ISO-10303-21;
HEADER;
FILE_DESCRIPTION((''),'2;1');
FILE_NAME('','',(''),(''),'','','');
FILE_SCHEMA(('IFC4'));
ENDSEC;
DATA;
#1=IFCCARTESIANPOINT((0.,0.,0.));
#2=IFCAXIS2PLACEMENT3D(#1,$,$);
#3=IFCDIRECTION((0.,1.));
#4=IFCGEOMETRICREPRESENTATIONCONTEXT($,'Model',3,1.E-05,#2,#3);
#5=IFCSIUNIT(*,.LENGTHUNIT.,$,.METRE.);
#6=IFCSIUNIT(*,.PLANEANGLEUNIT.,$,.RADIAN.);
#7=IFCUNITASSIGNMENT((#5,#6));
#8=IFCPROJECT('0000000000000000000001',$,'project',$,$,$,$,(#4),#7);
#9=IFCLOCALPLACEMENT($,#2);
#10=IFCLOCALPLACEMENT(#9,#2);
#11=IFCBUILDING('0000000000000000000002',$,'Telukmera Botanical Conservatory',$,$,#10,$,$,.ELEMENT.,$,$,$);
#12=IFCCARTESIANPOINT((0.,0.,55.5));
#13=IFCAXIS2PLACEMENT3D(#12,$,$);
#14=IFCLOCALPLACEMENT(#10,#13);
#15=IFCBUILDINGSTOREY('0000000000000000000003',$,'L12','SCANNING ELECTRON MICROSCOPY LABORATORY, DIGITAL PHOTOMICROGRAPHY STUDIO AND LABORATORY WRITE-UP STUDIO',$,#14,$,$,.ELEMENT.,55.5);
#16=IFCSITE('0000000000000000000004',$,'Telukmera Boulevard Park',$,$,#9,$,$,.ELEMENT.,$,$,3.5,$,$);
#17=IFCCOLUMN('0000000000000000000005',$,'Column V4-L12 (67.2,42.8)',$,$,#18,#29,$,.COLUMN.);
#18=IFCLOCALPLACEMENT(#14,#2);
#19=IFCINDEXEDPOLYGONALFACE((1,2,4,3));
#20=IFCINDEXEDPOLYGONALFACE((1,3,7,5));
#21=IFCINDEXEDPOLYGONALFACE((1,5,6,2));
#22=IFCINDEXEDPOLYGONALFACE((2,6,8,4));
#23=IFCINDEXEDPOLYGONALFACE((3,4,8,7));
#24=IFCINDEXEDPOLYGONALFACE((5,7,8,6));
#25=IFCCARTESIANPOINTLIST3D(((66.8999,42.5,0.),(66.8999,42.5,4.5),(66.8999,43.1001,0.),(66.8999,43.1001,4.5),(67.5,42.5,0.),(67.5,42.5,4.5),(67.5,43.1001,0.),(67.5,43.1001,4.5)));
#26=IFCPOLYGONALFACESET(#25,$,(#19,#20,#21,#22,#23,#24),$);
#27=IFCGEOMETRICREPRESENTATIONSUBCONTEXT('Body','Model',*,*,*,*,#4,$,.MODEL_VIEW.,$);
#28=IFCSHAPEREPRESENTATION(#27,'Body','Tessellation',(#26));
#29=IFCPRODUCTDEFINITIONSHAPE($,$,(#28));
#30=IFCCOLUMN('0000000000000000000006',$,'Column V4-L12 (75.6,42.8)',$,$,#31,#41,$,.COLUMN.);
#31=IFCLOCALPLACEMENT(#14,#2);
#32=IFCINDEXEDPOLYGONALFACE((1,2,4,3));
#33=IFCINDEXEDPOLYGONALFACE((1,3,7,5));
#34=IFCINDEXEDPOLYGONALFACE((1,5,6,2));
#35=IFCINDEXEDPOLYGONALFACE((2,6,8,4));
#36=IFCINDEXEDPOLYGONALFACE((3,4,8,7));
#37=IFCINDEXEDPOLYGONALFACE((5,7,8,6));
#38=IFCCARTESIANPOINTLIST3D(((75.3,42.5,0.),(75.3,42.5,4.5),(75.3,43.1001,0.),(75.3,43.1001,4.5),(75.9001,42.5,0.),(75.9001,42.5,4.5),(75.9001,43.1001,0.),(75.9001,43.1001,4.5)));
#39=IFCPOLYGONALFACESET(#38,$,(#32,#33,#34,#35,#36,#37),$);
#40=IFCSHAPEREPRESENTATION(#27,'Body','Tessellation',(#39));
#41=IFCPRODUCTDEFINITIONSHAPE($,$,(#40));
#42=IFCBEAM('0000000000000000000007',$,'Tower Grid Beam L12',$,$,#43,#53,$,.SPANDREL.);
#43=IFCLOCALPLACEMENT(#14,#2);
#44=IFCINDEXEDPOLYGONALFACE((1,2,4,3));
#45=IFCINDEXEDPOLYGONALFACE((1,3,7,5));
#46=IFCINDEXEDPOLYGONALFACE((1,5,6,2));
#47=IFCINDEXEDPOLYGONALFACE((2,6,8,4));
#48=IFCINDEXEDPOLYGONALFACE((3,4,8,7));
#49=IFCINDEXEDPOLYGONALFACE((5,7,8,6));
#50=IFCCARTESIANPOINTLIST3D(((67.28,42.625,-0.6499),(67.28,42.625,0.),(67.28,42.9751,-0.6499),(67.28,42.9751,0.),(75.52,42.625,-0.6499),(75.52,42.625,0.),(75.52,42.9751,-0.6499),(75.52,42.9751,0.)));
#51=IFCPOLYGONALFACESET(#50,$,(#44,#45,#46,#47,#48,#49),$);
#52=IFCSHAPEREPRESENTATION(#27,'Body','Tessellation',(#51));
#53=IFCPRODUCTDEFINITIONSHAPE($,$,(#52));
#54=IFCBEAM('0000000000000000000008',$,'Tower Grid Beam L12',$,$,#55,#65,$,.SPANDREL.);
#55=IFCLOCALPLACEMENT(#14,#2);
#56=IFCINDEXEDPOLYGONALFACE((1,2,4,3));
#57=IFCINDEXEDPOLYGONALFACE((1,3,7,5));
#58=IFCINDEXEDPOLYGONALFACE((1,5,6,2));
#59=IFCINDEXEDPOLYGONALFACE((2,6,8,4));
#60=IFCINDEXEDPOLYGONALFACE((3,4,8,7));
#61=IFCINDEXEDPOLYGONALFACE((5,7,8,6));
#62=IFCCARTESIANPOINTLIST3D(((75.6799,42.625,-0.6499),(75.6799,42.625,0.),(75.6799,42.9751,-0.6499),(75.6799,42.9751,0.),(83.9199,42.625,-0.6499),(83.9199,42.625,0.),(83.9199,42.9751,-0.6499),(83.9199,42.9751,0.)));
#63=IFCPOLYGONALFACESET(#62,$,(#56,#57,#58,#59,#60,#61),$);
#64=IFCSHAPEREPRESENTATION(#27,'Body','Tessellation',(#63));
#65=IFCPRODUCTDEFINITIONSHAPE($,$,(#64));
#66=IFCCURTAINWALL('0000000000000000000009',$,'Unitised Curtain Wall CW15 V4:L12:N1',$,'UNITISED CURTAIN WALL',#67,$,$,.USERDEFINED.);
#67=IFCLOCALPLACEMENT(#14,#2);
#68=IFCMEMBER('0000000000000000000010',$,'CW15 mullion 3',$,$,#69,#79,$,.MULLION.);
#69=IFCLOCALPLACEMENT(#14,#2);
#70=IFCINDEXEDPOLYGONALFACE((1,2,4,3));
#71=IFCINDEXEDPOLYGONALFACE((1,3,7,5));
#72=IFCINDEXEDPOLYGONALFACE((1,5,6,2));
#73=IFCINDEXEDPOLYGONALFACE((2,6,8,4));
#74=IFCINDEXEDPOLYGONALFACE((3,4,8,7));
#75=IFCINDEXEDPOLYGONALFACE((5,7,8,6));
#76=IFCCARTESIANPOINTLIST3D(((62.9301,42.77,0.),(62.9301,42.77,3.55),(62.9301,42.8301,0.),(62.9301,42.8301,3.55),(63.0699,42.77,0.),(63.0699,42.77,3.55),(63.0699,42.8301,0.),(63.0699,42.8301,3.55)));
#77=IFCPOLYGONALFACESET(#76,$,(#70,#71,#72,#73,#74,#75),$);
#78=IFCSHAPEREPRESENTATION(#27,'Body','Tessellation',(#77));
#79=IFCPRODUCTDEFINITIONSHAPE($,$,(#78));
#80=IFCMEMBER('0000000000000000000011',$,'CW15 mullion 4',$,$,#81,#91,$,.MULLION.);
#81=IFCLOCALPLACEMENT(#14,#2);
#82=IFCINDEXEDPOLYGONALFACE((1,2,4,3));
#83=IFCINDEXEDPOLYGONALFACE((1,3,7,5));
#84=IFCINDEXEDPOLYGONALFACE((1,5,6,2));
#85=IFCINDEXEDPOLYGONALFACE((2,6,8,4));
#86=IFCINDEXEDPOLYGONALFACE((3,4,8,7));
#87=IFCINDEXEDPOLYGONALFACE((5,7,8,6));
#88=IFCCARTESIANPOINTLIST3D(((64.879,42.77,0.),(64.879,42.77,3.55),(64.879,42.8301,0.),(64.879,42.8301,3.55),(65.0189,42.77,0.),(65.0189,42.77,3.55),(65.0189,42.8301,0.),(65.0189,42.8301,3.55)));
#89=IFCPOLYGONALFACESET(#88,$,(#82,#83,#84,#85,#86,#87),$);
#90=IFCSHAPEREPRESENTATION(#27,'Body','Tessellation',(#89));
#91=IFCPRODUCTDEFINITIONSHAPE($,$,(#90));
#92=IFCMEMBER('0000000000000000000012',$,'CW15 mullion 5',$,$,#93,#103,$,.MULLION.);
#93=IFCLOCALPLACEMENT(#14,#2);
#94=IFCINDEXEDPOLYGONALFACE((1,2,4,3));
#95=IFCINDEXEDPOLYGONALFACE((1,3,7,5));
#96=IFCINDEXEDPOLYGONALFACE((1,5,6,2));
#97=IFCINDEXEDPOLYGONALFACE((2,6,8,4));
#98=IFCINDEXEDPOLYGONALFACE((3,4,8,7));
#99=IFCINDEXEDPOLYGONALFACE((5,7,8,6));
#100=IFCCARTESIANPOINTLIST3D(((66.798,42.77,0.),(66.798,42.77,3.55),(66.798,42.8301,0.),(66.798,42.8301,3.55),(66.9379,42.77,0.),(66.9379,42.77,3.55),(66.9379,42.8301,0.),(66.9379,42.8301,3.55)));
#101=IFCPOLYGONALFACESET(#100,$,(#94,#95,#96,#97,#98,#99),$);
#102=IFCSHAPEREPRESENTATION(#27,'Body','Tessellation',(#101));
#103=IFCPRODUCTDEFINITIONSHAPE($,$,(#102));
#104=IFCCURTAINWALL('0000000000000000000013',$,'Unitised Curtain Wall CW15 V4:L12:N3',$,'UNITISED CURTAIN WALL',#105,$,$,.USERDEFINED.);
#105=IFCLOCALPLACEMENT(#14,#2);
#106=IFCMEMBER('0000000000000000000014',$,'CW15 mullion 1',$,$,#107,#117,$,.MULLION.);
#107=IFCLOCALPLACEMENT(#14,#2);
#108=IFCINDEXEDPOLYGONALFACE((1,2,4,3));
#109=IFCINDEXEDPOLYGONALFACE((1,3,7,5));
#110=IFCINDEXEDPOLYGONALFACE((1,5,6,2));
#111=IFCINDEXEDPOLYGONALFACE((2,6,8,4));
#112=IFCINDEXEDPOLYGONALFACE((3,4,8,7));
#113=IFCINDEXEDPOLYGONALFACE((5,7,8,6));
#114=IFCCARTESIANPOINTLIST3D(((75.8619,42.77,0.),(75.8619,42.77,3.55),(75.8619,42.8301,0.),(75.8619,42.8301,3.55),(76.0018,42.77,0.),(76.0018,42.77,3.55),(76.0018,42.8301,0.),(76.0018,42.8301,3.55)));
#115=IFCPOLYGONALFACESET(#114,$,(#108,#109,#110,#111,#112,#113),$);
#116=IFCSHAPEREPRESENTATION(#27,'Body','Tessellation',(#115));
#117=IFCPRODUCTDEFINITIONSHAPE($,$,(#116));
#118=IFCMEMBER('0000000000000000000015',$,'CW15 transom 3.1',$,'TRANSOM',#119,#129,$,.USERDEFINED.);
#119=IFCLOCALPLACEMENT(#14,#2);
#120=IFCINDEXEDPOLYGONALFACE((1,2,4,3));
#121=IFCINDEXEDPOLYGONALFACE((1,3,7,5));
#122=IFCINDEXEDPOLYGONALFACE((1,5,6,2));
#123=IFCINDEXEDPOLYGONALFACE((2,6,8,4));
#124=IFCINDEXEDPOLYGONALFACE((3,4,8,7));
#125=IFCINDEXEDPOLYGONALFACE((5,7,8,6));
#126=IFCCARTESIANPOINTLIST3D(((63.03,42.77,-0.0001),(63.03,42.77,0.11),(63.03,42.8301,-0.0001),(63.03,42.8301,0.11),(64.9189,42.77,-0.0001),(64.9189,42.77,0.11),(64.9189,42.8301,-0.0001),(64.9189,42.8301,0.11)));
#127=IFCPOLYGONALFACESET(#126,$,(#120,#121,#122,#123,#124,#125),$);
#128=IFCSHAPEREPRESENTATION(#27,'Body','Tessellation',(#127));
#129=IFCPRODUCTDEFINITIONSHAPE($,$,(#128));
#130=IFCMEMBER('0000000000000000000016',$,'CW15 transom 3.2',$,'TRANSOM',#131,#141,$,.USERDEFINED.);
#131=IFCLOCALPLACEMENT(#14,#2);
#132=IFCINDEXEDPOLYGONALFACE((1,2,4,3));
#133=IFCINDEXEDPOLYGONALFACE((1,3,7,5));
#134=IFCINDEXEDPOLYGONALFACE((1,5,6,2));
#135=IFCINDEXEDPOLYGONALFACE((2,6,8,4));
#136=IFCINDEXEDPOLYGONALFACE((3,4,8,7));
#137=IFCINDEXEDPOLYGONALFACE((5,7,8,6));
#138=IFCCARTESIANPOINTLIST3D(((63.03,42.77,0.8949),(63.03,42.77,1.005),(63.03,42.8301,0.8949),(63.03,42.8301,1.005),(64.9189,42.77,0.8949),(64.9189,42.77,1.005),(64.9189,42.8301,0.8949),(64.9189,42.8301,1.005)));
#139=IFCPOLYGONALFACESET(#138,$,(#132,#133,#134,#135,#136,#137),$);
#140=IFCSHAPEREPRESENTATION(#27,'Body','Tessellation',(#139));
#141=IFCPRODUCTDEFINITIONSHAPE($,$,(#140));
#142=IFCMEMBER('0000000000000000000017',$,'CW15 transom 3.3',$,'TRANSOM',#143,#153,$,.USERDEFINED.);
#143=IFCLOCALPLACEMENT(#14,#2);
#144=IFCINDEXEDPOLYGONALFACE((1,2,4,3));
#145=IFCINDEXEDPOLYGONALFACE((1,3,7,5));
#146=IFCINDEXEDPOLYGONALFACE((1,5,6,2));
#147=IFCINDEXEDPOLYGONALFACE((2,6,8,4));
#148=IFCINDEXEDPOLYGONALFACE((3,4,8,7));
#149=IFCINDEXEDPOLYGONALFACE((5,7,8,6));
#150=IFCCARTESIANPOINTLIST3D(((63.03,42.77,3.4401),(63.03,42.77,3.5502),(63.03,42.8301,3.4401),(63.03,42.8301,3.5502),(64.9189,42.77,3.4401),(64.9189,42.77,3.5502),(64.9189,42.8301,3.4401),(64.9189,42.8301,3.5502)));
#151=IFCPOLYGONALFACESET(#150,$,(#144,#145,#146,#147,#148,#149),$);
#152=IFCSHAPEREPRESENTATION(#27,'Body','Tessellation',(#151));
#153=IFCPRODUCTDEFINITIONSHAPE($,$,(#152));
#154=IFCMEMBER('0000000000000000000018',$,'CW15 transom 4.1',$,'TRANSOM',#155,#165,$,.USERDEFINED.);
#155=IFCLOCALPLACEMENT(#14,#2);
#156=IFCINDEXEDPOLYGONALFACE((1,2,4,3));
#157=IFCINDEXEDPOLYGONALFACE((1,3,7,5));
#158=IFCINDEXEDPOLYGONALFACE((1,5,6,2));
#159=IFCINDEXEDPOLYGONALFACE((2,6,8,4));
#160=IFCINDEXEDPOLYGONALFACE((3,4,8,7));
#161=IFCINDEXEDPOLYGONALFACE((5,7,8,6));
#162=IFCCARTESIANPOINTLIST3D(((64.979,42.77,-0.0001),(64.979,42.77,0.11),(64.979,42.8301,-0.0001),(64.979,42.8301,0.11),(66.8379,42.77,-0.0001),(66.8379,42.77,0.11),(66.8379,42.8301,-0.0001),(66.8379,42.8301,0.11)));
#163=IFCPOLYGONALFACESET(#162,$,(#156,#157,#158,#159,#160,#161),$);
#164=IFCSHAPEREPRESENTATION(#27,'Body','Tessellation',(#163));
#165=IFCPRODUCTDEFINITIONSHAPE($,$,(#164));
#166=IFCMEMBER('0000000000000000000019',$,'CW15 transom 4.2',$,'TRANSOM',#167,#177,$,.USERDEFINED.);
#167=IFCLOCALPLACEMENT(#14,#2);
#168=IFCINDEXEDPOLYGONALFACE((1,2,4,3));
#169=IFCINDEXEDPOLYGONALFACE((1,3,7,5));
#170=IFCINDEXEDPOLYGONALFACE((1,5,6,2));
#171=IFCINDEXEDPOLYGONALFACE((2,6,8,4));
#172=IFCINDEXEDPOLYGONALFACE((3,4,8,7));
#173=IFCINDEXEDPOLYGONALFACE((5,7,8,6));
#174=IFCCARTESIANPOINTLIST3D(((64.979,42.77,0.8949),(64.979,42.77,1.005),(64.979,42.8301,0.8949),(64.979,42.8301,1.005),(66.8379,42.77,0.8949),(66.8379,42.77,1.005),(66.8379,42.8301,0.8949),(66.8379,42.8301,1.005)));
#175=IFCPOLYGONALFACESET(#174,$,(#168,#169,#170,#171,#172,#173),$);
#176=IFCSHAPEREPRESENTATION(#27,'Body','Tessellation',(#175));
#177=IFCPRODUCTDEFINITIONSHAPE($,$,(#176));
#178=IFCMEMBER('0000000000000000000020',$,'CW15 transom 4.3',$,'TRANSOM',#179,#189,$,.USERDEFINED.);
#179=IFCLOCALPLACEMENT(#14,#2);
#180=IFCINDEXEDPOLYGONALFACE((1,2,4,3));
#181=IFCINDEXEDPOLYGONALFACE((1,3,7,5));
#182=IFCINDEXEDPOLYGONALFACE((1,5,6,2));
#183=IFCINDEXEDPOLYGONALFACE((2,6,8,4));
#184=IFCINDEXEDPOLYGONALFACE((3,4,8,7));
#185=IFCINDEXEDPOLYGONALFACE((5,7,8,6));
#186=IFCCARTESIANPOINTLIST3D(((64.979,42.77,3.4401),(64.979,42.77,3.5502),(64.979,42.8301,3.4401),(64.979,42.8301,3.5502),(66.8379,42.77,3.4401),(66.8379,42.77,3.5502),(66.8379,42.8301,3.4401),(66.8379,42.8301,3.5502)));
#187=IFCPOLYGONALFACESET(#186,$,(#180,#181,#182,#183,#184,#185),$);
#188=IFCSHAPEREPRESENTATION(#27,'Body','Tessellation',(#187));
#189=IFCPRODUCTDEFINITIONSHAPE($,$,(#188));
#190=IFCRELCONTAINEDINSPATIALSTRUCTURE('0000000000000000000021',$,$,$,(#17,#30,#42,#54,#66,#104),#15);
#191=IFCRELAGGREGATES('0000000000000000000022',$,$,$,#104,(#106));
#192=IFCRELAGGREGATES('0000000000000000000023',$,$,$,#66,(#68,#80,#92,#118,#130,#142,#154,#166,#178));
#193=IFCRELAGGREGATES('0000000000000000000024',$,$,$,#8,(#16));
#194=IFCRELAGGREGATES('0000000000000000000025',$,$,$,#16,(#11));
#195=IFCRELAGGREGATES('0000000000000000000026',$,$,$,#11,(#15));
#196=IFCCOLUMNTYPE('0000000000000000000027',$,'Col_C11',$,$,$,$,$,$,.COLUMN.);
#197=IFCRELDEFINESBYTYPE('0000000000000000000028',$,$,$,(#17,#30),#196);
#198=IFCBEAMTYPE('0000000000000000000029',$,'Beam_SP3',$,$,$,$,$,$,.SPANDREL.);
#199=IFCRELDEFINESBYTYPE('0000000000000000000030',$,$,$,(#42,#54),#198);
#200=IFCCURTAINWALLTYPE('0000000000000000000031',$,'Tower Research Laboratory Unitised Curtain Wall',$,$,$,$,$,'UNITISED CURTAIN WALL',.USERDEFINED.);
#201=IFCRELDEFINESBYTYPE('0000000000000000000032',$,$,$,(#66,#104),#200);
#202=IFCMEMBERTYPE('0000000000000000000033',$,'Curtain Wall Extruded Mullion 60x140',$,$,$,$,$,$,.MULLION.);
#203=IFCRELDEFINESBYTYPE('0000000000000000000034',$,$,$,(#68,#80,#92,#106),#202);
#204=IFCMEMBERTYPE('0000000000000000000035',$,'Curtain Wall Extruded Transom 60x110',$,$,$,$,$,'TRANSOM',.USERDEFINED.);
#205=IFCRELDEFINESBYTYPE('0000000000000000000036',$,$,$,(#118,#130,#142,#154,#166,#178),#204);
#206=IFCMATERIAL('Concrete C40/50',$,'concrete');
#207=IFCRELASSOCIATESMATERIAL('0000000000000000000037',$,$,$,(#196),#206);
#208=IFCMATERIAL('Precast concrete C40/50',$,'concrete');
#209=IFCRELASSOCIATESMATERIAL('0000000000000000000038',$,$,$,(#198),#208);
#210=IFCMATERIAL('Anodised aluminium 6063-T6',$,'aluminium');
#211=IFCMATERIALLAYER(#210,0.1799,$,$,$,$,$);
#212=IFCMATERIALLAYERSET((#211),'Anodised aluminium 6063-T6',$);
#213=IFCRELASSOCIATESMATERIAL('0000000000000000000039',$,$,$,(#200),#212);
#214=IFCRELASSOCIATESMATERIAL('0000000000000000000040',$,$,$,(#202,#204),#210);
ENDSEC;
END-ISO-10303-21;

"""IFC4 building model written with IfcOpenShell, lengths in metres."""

from ifc_helpers import new_model, si_unit, direction, frame, origin, origin_2d, place, context, subcontext, project, spatial, rectangle, extrude, material, layer, layer_set, material_profile, profile_set, type_object, element, aggregate, save


model = new_model("IFC4")

# Units and contexts
model_context = context("Model", 3, precision=1e-05, world=origin(), true_north=direction((0.0, 1.0)))
body_context = subcontext(model_context, "Body", "Model", "MODEL_VIEW")
ifc_project = project(units=[si_unit("LENGTHUNIT", "METRE"), si_unit("PLANEANGLEUNIT", "RADIAN")], contexts=[model_context])

# Site, building, storey
site_placement = place(None, origin())
site = spatial("IfcSite", under=ifc_project, at=site_placement, Name="Telukmera Boulevard Park", CompositionType="ELEMENT", RefElevation=3.5)
building_placement = place(site_placement, origin())
building = spatial("IfcBuilding", under=site, at=building_placement, Name="Telukmera Botanical Conservatory", CompositionType="ELEMENT")
storey_placement = place(building_placement, frame((0.0, 0.0, 55.5)))
storey = spatial("IfcBuildingStorey", under=building, at=storey_placement, Name="L12", Description="SCANNING ELECTRON MICROSCOPY LABORATORY, DIGITAL PHOTOMICROGRAPHY STUDIO AND LABORATORY WRITE-UP STUDIO", CompositionType="ELEMENT", Elevation=55.5)

# Columns
ifc_material_1 = material(Name="Concrete C40/50", Category="concrete")
ifc_material_profile_1 = material_profile(ifc_material_1, rectangle(XDim=0.6001, YDim=0.6001, at=origin_2d()), Name="RC 600x600")
ifc_profile_set_1 = profile_set([ifc_material_profile_1], Name="Concrete C40/50")
column_type = type_object("IfcColumnType", Name="Col_C11", PredefinedType="COLUMN", material=ifc_profile_set_1)
for number, where, z_axis, x_axis, name in (
    (1, (67.2, 42.8, 0.0), (0.0, 0.0, 1.0), (1.0, 0.0, 0.0), "Column V4-L12 (67.2,42.8)"),
    (2, (75.6001, 42.8, 0.0), (0.0, 0.0, 1.0), (1.0, 0.0, 0.0), "Column V4-L12 (75.6,42.8)"),
):
    element("IfcColumn", number, at=place(storey_placement, frame(where, z_axis=z_axis, x_axis=x_axis)), inside=storey, type_object=column_type, Name=name, PredefinedType="COLUMN", context=body_context, shape_type="SweptSolid", body=[
        extrude(rectangle(XDim=0.6001, YDim=0.6001, at=origin_2d()), origin(), (0.0, 0.0, 1.0), 4.5),
    ])

# Beams
ifc_material_2 = material(Name="Precast concrete C40/50", Category="concrete")
ifc_material_profile_2 = material_profile(ifc_material_2, rectangle(XDim=0.3501, YDim=0.6499, at=origin_2d()), Name="PC 350x650")
ifc_profile_set_2 = profile_set([ifc_material_profile_2], Name="Precast concrete C40/50")
beam_type = type_object("IfcBeamType", Name="Beam_SP3", PredefinedType="SPANDREL", material=ifc_profile_set_2)
for number, where, z_axis, x_axis, name in (
    (3, (67.28, 42.8, -0.325), (1.0, 0.0, 0.0), (0.0, 1.0, 0.0), "Tower Grid Beam L12"),
    (4, (75.6799, 42.8, -0.325), (1.0, 0.0, 0.0), (0.0, 1.0, 0.0), "Tower Grid Beam L12"),
):
    element("IfcBeam", number, at=place(storey_placement, frame(where, z_axis=z_axis, x_axis=x_axis)), inside=storey, type_object=beam_type, Name=name, PredefinedType="SPANDREL", context=body_context, shape_type="SweptSolid", body=[
        extrude(rectangle(XDim=0.3501, YDim=0.6499, at=origin_2d()), origin(), (0.0, 0.0, 1.0), 8.24),
    ])

# Curtain wall, members
ifc_material_3 = material(Name="Anodised aluminium 6063-T6", Category="aluminium")
ifc_layer_1 = layer(ifc_material_3, 0.1799)
ifc_layer_set_1 = layer_set([ifc_layer_1], Name="Anodised aluminium 6063-T6")
curtain_wall_type = type_object("IfcCurtainWallType", Name="Tower Research Laboratory Unitised Curtain Wall", ElementType="UNITISED CURTAIN WALL", PredefinedType="USERDEFINED", material=ifc_layer_set_1)
curtain_wall_1_placement = place(storey_placement, origin())
curtain_wall_1 = element("IfcCurtainWall", 5, at=curtain_wall_1_placement, inside=storey, type_object=curtain_wall_type, Name="Unitised Curtain Wall CW15 V4:L12:N1", ObjectType="UNITISED CURTAIN WALL", PredefinedType="USERDEFINED")
ifc_material_profile_3 = material_profile(ifc_material_3, rectangle(XDim=0.0601, YDim=0.1399, at=origin_2d()), Name="ALU MULL 60x140")
ifc_profile_set_3 = profile_set([ifc_material_profile_3], Name="Anodised aluminium 6063-T6")
member_type_1 = type_object("IfcMemberType", Name="Curtain Wall Extruded Mullion 60x140", PredefinedType="MULLION", material=ifc_profile_set_3)
member_1_placement = place(storey_placement, frame((63.0, 42.8, 0.0), z_axis=(0.0, 0.0, 1.0), x_axis=(0.0, 1.0, 0.0)))
member_1 = element("IfcMember", 6, at=member_1_placement, type_object=member_type_1, Name="CW15 mullion 3", PredefinedType="MULLION", context=body_context, shape_type="SweptSolid", body=[
    extrude(rectangle(XDim=0.0601, YDim=0.1399, at=origin_2d()), origin(), (0.0, 0.0, 1.0), 3.55),
])
member_2_placement = place(storey_placement, frame((64.949, 42.8, 0.0), z_axis=(0.0, 0.0, 1.0), x_axis=(0.0, 1.0, 0.0)))
member_2 = element("IfcMember", 7, at=member_2_placement, type_object=member_type_1, Name="CW15 mullion 4", PredefinedType="MULLION", context=body_context, shape_type="SweptSolid", body=[
    extrude(rectangle(XDim=0.0601, YDim=0.1399, at=origin_2d()), origin(), (0.0, 0.0, 1.0), 3.55),
])
member_3_placement = place(storey_placement, frame((66.8679, 42.8, 0.0), z_axis=(0.0, 0.0, 1.0), x_axis=(0.0, 1.0, 0.0)))
member_3 = element("IfcMember", 8, at=member_3_placement, type_object=member_type_1, Name="CW15 mullion 5", PredefinedType="MULLION", context=body_context, shape_type="SweptSolid", body=[
    extrude(rectangle(XDim=0.0601, YDim=0.1399, at=origin_2d()), origin(), (0.0, 0.0, 1.0), 3.55),
])

# Curtain wall, member
curtain_wall_2_placement = place(storey_placement, origin())
curtain_wall_2 = element("IfcCurtainWall", 9, at=curtain_wall_2_placement, inside=storey, type_object=curtain_wall_type, Name="Unitised Curtain Wall CW15 V4:L12:N3", ObjectType="UNITISED CURTAIN WALL", PredefinedType="USERDEFINED")
member_4_placement = place(storey_placement, frame((75.9319, 42.8, 0.0), z_axis=(0.0, 0.0, 1.0), x_axis=(0.0, 1.0, 0.0)))
member_4 = element("IfcMember", 10, at=member_4_placement, type_object=member_type_1, Name="CW15 mullion 1", PredefinedType="MULLION", context=body_context, shape_type="SweptSolid", body=[
    extrude(rectangle(XDim=0.0601, YDim=0.1399, at=origin_2d()), origin(), (0.0, 0.0, 1.0), 3.55),
])

# Members
ifc_material_profile_4 = material_profile(ifc_material_3, rectangle(XDim=0.0601, YDim=0.1101, at=origin_2d()), Name="ALU TRAN 60x110")
ifc_profile_set_4 = profile_set([ifc_material_profile_4], Name="Anodised aluminium 6063-T6")
member_type_2 = type_object("IfcMemberType", Name="Curtain Wall Extruded Transom 60x110", ElementType="TRANSOM", PredefinedType="USERDEFINED", material=ifc_profile_set_4)
member_5_placement = place(storey_placement, frame((63.03, 42.8, 0.0549), z_axis=(1.0, 0.0, 0.0), x_axis=(0.0, 1.0, 0.0)))
member_5 = element("IfcMember", 11, at=member_5_placement, type_object=member_type_2, Name="CW15 transom 3.1", ObjectType="TRANSOM", PredefinedType="USERDEFINED", context=body_context, shape_type="SweptSolid", body=[
    extrude(rectangle(XDim=0.0601, YDim=0.1101, at=origin_2d()), origin(), (0.0, 0.0, 1.0), 1.8889),
])
member_6_placement = place(storey_placement, frame((63.03, 42.8, 0.95), z_axis=(1.0, 0.0, 0.0), x_axis=(0.0, 1.0, 0.0)))
member_6 = element("IfcMember", 12, at=member_6_placement, type_object=member_type_2, Name="CW15 transom 3.2", ObjectType="TRANSOM", PredefinedType="USERDEFINED", context=body_context, shape_type="SweptSolid", body=[
    extrude(rectangle(XDim=0.0601, YDim=0.1101, at=origin_2d()), origin(), (0.0, 0.0, 1.0), 1.8889),
])
member_7_placement = place(storey_placement, frame((63.03, 42.8, 3.4951), z_axis=(1.0, 0.0, 0.0), x_axis=(0.0, 1.0, 0.0)))
member_7 = element("IfcMember", 13, at=member_7_placement, type_object=member_type_2, Name="CW15 transom 3.3", ObjectType="TRANSOM", PredefinedType="USERDEFINED", context=body_context, shape_type="SweptSolid", body=[
    extrude(rectangle(XDim=0.0601, YDim=0.1101, at=origin_2d()), origin(), (0.0, 0.0, 1.0), 1.8889),
])
member_8_placement = place(storey_placement, frame((64.979, 42.8, 0.0549), z_axis=(1.0, 0.0, 0.0), x_axis=(0.0, 1.0, 0.0)))
member_8 = element("IfcMember", 14, at=member_8_placement, type_object=member_type_2, Name="CW15 transom 4.1", ObjectType="TRANSOM", PredefinedType="USERDEFINED", context=body_context, shape_type="SweptSolid", body=[
    extrude(rectangle(XDim=0.0601, YDim=0.1101, at=origin_2d()), origin(), (0.0, 0.0, 1.0), 1.8589),
])
member_9_placement = place(storey_placement, frame((64.979, 42.8, 0.95), z_axis=(1.0, 0.0, 0.0), x_axis=(0.0, 1.0, 0.0)))
member_9 = element("IfcMember", 15, at=member_9_placement, type_object=member_type_2, Name="CW15 transom 4.2", ObjectType="TRANSOM", PredefinedType="USERDEFINED", context=body_context, shape_type="SweptSolid", body=[
    extrude(rectangle(XDim=0.0601, YDim=0.1101, at=origin_2d()), origin(), (0.0, 0.0, 1.0), 1.8589),
])
member_10_placement = place(storey_placement, frame((64.979, 42.8, 3.4951), z_axis=(1.0, 0.0, 0.0), x_axis=(0.0, 1.0, 0.0)))
member_10 = element("IfcMember", 16, at=member_10_placement, type_object=member_type_2, Name="CW15 transom 4.3", ObjectType="TRANSOM", PredefinedType="USERDEFINED", context=body_context, shape_type="SweptSolid", body=[
    extrude(rectangle(XDim=0.0601, YDim=0.1101, at=origin_2d()), origin(), (0.0, 0.0, 1.0), 1.8589),
])
aggregate(curtain_wall_2, [member_4])

aggregate(curtain_wall_1, [member_1, member_2, member_3, member_5, member_6, member_7, member_8, member_9, member_10])

save(model, "model.ifc")
